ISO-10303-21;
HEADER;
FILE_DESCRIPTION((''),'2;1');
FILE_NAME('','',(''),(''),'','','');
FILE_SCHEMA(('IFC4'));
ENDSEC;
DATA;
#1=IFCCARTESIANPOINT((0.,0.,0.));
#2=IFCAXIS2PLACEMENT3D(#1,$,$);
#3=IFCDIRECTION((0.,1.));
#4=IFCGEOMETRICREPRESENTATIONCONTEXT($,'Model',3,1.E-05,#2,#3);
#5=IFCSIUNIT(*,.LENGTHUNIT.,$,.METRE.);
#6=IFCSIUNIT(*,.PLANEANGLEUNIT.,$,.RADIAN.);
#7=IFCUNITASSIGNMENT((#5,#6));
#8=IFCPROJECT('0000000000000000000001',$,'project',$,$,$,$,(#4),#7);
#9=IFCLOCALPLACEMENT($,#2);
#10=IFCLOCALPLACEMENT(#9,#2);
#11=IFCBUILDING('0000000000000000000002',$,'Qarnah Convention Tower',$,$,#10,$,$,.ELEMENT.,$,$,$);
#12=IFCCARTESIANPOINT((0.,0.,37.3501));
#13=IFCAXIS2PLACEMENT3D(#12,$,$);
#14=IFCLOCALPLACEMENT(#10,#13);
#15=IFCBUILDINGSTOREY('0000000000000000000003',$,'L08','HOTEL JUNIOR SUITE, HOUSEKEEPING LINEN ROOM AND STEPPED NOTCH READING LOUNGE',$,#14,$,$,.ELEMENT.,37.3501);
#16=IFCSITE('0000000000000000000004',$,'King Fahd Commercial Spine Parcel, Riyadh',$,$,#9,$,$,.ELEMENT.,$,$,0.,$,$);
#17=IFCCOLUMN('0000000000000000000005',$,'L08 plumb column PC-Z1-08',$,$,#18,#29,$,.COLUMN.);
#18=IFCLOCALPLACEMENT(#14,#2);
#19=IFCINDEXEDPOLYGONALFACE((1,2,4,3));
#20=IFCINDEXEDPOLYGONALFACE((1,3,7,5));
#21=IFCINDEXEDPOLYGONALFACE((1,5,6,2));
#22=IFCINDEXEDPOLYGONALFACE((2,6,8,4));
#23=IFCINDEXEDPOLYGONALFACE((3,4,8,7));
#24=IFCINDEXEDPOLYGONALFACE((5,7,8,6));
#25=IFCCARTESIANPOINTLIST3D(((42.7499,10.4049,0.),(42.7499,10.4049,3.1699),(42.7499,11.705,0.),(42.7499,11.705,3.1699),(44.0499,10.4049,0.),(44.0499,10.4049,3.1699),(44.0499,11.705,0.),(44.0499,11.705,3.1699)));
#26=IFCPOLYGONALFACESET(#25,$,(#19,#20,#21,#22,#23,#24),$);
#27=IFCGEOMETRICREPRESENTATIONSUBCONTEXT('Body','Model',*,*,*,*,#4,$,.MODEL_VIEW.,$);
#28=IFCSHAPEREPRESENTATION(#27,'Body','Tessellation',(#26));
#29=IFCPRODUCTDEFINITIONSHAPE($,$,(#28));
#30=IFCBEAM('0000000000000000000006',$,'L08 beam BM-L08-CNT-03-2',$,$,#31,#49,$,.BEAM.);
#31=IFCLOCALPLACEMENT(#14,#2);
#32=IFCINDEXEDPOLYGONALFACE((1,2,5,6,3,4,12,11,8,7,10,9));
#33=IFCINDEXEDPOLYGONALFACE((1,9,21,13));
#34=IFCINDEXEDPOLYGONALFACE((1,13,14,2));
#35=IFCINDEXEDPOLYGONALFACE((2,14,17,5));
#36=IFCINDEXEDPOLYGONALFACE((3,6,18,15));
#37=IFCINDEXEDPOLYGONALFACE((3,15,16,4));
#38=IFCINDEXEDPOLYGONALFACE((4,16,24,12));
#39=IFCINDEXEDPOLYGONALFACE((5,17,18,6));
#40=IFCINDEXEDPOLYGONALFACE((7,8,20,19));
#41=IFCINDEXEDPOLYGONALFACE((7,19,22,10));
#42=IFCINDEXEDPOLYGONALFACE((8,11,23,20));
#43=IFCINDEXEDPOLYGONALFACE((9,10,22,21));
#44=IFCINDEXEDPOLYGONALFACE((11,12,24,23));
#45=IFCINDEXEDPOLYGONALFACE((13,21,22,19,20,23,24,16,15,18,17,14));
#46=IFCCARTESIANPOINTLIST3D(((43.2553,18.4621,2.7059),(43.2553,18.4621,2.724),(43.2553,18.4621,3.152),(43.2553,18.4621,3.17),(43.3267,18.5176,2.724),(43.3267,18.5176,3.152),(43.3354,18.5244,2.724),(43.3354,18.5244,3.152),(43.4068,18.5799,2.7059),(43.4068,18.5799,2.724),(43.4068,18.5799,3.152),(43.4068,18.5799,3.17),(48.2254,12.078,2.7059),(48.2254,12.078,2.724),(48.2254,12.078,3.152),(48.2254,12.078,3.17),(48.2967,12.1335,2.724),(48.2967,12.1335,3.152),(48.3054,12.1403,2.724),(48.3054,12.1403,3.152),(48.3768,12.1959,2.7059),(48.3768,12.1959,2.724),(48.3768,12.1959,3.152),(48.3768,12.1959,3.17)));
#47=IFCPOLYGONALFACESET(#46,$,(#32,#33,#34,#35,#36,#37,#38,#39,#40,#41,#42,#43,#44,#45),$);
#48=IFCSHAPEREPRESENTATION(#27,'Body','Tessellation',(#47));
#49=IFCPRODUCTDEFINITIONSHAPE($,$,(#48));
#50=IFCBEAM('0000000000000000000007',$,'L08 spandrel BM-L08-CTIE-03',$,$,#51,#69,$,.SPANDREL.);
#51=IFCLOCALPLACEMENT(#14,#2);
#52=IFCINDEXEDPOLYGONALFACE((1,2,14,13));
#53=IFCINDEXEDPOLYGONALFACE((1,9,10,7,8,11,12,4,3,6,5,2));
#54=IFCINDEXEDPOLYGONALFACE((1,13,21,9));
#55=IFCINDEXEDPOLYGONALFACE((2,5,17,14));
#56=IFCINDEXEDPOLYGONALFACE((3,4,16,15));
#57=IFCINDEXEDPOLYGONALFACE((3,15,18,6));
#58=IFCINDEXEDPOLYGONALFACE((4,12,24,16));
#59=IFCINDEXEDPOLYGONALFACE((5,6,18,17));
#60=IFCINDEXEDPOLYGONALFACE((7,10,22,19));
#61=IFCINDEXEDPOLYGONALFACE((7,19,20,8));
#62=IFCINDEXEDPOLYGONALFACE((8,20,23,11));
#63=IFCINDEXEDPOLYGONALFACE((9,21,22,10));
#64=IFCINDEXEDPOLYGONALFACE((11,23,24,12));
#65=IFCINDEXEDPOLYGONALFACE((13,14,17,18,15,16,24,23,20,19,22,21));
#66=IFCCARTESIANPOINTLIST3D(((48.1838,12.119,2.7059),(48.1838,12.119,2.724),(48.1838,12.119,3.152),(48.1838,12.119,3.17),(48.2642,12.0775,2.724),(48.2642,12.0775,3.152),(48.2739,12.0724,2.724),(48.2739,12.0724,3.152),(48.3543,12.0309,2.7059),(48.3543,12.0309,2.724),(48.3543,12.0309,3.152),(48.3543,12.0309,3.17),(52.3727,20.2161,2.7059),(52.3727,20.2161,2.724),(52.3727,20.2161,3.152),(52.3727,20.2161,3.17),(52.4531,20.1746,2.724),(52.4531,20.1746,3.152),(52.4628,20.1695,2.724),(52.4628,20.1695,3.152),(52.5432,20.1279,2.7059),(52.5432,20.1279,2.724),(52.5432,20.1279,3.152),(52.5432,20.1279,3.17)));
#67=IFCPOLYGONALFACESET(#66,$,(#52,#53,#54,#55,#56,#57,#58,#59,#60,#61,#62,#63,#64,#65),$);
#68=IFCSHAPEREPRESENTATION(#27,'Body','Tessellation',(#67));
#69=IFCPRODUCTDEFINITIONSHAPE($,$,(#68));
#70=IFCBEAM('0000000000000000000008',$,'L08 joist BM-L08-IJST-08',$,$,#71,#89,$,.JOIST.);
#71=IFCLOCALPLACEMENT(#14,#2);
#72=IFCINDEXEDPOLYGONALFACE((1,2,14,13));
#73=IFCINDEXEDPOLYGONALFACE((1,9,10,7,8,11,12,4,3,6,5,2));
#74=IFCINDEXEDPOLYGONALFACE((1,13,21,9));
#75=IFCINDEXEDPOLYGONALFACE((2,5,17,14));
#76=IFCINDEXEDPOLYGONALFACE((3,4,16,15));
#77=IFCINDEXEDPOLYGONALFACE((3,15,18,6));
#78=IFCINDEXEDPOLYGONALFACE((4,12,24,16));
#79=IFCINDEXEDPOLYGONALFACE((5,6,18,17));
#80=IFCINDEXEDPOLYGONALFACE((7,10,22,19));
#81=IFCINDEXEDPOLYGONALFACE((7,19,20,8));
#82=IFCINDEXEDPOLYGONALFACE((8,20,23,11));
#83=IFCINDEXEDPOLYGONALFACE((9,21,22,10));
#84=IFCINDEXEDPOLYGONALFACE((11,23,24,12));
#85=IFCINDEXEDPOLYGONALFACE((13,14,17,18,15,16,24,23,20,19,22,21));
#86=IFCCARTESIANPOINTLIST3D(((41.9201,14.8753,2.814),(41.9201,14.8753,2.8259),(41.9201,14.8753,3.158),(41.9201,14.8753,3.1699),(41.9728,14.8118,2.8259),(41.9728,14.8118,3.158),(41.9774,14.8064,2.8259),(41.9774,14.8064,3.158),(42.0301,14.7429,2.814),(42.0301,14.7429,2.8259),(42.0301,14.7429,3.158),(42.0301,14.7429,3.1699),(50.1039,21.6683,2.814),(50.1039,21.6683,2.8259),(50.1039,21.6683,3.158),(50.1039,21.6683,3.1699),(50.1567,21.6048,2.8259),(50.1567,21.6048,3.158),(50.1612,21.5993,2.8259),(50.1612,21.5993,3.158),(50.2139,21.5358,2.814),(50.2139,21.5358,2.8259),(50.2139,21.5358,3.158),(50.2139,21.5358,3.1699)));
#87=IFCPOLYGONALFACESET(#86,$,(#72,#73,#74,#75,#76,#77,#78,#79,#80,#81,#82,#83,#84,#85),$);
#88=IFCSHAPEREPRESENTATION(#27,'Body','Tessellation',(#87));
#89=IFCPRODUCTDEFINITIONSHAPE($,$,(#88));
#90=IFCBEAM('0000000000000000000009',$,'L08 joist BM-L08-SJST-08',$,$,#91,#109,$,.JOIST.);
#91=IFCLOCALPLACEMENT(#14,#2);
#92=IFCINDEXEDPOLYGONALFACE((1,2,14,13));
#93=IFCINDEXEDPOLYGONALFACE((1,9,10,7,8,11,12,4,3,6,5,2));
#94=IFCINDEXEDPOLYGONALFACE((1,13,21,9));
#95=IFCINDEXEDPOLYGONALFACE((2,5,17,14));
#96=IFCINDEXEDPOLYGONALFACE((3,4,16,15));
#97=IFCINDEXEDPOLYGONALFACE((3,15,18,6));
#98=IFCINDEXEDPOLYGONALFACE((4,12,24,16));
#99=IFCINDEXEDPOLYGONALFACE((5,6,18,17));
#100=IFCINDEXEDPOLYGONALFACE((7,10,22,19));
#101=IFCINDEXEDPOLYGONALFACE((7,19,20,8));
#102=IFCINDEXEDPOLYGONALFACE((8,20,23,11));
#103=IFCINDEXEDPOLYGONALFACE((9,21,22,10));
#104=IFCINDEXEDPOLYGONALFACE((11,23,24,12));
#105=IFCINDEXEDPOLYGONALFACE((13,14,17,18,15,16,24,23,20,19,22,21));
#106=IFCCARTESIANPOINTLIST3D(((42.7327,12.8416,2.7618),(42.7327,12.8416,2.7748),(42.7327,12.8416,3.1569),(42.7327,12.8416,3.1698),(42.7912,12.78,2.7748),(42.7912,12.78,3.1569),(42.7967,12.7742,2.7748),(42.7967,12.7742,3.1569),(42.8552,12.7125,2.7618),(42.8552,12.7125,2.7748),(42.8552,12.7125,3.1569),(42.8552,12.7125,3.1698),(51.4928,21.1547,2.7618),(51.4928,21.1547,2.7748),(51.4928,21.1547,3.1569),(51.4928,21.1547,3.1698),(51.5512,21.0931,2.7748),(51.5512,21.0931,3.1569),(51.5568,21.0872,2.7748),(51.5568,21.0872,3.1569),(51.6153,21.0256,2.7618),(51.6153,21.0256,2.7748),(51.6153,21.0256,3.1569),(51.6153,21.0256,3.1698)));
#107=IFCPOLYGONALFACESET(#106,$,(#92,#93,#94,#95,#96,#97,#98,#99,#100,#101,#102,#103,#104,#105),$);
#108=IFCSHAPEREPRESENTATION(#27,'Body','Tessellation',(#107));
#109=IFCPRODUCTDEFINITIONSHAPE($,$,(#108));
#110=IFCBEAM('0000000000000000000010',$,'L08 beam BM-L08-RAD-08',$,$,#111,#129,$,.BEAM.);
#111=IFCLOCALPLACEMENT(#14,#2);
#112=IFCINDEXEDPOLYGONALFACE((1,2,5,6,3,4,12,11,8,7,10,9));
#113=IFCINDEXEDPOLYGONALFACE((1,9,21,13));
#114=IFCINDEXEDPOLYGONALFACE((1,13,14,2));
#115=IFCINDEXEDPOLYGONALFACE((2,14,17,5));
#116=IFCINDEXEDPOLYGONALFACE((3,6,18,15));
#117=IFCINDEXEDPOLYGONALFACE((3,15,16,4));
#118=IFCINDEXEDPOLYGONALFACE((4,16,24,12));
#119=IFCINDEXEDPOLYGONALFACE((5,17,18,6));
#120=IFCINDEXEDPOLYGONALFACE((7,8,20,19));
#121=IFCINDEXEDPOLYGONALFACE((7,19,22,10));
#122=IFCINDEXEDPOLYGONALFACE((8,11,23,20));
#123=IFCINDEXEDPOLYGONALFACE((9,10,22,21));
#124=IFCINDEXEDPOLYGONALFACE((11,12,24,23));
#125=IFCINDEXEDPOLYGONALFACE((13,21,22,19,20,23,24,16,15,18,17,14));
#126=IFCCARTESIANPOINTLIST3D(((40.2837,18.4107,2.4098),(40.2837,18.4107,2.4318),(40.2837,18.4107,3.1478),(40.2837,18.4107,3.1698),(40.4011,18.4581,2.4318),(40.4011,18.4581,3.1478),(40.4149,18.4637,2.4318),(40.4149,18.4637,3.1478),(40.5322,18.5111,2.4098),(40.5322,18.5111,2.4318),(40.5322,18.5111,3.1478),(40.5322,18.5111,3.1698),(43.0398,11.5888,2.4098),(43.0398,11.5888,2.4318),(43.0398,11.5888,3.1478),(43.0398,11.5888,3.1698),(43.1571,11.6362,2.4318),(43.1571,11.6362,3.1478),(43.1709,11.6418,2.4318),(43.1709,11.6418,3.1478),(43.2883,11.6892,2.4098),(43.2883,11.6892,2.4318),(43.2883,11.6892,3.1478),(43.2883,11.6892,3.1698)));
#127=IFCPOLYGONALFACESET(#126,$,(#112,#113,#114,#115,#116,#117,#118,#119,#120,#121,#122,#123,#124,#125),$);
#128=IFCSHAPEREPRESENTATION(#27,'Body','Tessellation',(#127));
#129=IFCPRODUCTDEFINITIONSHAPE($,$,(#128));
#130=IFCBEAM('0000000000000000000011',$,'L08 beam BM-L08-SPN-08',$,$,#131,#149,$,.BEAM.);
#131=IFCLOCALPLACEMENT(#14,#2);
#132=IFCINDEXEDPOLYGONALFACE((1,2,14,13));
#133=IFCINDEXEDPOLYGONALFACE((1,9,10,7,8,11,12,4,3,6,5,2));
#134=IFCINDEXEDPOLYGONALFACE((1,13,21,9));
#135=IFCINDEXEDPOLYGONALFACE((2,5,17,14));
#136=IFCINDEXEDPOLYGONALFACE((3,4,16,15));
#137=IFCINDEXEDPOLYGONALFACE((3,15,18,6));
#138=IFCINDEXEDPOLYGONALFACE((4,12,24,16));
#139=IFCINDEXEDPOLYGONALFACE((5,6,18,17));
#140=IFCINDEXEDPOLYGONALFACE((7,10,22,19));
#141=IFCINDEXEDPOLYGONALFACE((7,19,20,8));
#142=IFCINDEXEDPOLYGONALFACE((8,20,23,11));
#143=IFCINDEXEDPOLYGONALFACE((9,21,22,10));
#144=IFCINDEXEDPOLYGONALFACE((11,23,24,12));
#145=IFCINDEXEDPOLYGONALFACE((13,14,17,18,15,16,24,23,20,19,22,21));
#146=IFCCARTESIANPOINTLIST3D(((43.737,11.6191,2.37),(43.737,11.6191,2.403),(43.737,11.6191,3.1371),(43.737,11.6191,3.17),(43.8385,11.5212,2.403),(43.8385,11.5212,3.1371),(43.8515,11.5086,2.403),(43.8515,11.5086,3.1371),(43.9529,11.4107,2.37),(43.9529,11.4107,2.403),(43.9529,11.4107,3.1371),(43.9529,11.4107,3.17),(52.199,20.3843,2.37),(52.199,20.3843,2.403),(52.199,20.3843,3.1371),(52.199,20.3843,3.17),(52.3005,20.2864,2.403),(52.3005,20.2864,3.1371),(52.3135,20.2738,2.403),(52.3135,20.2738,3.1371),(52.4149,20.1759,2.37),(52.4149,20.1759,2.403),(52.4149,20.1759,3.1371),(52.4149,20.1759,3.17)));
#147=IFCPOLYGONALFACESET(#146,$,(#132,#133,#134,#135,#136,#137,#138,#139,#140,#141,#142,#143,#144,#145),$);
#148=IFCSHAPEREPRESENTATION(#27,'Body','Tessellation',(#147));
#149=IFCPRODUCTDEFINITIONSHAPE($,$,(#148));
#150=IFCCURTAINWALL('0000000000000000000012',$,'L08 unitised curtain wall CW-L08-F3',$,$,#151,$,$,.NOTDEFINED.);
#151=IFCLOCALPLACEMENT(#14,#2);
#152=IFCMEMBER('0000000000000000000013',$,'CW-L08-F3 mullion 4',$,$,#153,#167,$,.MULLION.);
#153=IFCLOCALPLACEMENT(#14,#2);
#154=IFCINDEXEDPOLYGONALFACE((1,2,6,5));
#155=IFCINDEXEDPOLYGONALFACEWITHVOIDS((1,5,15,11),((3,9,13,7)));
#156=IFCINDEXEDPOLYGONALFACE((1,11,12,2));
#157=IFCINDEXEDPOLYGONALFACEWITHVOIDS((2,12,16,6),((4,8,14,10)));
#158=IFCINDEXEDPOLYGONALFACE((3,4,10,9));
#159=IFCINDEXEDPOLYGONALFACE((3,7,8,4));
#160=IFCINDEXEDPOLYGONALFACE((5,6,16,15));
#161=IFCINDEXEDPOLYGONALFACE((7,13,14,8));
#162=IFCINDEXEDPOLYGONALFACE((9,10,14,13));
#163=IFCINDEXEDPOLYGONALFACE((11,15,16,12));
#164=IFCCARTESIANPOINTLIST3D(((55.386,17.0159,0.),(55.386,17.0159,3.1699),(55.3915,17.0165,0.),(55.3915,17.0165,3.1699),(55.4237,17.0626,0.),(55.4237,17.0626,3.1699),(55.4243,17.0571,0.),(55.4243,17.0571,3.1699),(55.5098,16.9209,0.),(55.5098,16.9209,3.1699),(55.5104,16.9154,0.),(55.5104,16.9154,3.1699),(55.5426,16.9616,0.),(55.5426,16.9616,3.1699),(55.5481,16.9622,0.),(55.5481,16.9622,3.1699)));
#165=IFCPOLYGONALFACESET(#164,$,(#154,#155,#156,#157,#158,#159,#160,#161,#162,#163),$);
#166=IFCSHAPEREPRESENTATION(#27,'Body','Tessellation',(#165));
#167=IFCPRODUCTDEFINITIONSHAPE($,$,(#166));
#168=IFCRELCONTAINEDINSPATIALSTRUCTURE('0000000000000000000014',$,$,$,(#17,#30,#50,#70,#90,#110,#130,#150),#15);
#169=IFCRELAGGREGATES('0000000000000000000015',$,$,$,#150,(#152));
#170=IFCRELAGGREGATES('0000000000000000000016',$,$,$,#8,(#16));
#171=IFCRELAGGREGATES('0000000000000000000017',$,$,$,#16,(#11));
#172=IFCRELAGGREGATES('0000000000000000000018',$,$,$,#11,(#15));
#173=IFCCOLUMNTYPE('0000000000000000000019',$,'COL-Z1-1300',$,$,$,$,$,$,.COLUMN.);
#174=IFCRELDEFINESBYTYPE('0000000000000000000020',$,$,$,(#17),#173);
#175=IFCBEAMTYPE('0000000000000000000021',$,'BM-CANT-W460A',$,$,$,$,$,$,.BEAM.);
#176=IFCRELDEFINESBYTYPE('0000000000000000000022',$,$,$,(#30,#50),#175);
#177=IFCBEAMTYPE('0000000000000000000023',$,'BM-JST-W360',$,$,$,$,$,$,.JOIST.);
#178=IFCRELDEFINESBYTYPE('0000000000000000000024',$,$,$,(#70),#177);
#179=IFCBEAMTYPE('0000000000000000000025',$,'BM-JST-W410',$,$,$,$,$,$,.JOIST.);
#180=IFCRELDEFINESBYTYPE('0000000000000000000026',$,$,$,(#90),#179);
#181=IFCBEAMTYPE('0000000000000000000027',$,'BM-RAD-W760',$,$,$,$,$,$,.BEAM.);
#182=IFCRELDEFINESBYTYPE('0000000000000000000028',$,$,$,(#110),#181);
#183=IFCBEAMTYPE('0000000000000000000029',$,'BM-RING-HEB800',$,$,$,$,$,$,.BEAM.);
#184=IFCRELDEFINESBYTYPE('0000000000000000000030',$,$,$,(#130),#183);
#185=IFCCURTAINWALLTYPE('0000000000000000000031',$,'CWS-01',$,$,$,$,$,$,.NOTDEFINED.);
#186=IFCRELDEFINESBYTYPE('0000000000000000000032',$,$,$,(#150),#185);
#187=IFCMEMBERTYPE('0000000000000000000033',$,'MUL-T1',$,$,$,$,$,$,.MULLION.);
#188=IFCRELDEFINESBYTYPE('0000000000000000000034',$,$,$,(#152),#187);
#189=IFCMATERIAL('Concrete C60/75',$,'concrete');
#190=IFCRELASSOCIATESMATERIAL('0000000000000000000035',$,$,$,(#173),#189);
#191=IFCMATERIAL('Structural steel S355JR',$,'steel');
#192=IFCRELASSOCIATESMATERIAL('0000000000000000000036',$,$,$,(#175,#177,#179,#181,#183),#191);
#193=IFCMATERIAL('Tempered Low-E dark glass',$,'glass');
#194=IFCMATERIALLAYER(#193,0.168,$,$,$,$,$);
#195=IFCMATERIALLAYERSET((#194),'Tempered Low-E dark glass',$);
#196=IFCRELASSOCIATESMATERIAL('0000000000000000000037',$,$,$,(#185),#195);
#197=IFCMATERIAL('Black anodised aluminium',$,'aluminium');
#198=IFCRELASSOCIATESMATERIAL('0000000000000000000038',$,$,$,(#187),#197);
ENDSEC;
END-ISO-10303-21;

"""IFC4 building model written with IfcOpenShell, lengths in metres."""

from ifc_helpers import new_model, si_unit, direction, frame, origin, origin_2d, place, context, subcontext, project, spatial, rectangle, hollow_rectangle, i_section, extrude, material, layer, layer_set, material_profile, profile_set, type_object, element, aggregate, save


model = new_model("IFC4")

# Units and contexts
model_context = context("Model", 3, precision=1e-05, world=origin(), true_north=direction((0.0, 1.0)))
body_context = subcontext(model_context, "Body", "Model", "MODEL_VIEW")
ifc_project = project(units=[si_unit("LENGTHUNIT", "METRE"), si_unit("PLANEANGLEUNIT", "RADIAN")], contexts=[model_context])

# Site, building, storey
site_placement = place(None, origin())
site = spatial("IfcSite", under=ifc_project, at=site_placement, Name="King Fahd Commercial Spine Parcel, Riyadh", CompositionType="ELEMENT", RefElevation=0.0)
building_placement = place(site_placement, origin())
building = spatial("IfcBuilding", under=site, at=building_placement, Name="Qarnah Convention Tower", CompositionType="ELEMENT")
storey_placement = place(building_placement, frame((0.0, 0.0, 37.3501)))
storey = spatial("IfcBuildingStorey", under=building, at=storey_placement, Name="L08", Description="HOTEL JUNIOR SUITE, HOUSEKEEPING LINEN ROOM AND STEPPED NOTCH READING LOUNGE", CompositionType="ELEMENT", Elevation=37.3501)

# Column
ifc_material_1 = material(Name="Concrete C60/75", Category="concrete")
ifc_material_profile_1 = material_profile(ifc_material_1, rectangle(XDim=1.3, YDim=1.3, at=origin_2d()), Name="RC-COL-1300X1300")
ifc_profile_set_1 = profile_set([ifc_material_profile_1], Name="Concrete C60/75")
column_type = type_object("IfcColumnType", Name="COL-Z1-1300", PredefinedType="COLUMN", material=ifc_profile_set_1)
column_placement = place(storey_placement, frame((43.3999, 11.0549, 0.0), z_axis=(0.0, 0.0, 1.0), x_axis=(1.0, 0.0, 0.0)))
element("IfcColumn", 1, at=column_placement, inside=storey, type_object=column_type, Name="L08 plumb column PC-Z1-08", PredefinedType="COLUMN", context=body_context, shape_type="SweptSolid", body=[
    extrude(rectangle(XDim=1.3, YDim=1.3, at=origin_2d()), origin(), (0.0, 0.0, 1.0), 3.1699),
])

# Beams
ifc_material_2 = material(Name="Structural steel S355JR", Category="steel")
ifc_material_profile_2 = material_profile(ifc_material_2, i_section(OverallWidth=0.1919, OverallDepth=0.4641, WebThickness=0.011, FlangeThickness=0.0181, at=origin_2d()), Name="W460X89")
ifc_profile_set_2 = profile_set([ifc_material_profile_2], Name="Structural steel S355JR")
beam_type_1 = type_object("IfcBeamType", Name="BM-CANT-W460A", PredefinedType="BEAM", material=ifc_profile_set_2)
beam_1_placement = place(storey_placement, frame((43.3311, 18.521, 2.938), z_axis=(0.614296, -0.789076, 0.0), x_axis=(0.789076, 0.614296, 0.0)))
element("IfcBeam", 2, at=beam_1_placement, inside=storey, type_object=beam_type_1, Name="L08 beam BM-L08-CNT-03-2", PredefinedType="BEAM", context=body_context, shape_type="SweptSolid", body=[
    extrude(i_section(OverallWidth=0.1919, OverallDepth=0.4641, WebThickness=0.011, FlangeThickness=0.0181, at=origin_2d()), origin(), (0.0, 0.0, 1.0), 8.0906),
])
beam_2_placement = place(storey_placement, frame((48.269, 12.075, 2.938), z_axis=(0.45949, 0.888183, 0.0), x_axis=(-0.888183, 0.45949, 0.0)))
element("IfcBeam", 3, at=beam_2_placement, inside=storey, type_object=beam_type_1, Name="L08 spandrel BM-L08-CTIE-03", PredefinedType="SPANDREL", context=body_context, shape_type="SweptSolid", body=[
    extrude(i_section(OverallWidth=0.1919, OverallDepth=0.4641, WebThickness=0.011, FlangeThickness=0.0181, at=origin_2d()), origin(), (0.0, 0.0, 1.0), 9.1165),
])
ifc_material_profile_3 = material_profile(ifc_material_2, i_section(OverallWidth=0.1721, OverallDepth=0.356, WebThickness=0.0071, FlangeThickness=0.012, at=origin_2d()), Name="W360X51")
ifc_profile_set_3 = profile_set([ifc_material_profile_3], Name="Structural steel S355JR")
beam_type_2 = type_object("IfcBeamType", Name="BM-JST-W360", PredefinedType="JOIST", material=ifc_profile_set_3)
beam_3_placement = place(storey_placement, frame((41.9751, 14.8091, 2.9919), z_axis=(0.769464, 0.638691, 0.0), x_axis=(-0.638691, 0.769464, 0.0)))
element("IfcBeam", 4, at=beam_3_placement, inside=storey, type_object=beam_type_2, Name="L08 joist BM-L08-IJST-08", PredefinedType="JOIST", context=body_context, shape_type="SweptSolid", body=[
    extrude(i_section(OverallWidth=0.1721, OverallDepth=0.356, WebThickness=0.0071, FlangeThickness=0.012, at=origin_2d()), origin(), (0.0, 0.0, 1.0), 10.6357),
])
ifc_material_profile_4 = material_profile(ifc_material_2, i_section(OverallWidth=0.178, OverallDepth=0.408, WebThickness=0.0081, FlangeThickness=0.0129, at=origin_2d()), Name="W410X60")
ifc_profile_set_4 = profile_set([ifc_material_profile_4], Name="Structural steel S355JR")
beam_type_3 = type_object("IfcBeamType", Name="BM-JST-W410", PredefinedType="JOIST", material=ifc_profile_set_4)
beam_4_placement = place(storey_placement, frame((42.7939, 12.7771, 2.9658), z_axis=(0.725372, 0.688357, 0.0), x_axis=(-0.688357, 0.725372, 0.0)))
element("IfcBeam", 5, at=beam_4_placement, inside=storey, type_object=beam_type_3, Name="L08 joist BM-L08-SJST-08", PredefinedType="JOIST", context=body_context, shape_type="SweptSolid", body=[
    extrude(i_section(OverallWidth=0.178, OverallDepth=0.408, WebThickness=0.0081, FlangeThickness=0.0129, at=origin_2d()), origin(), (0.0, 0.0, 1.0), 12.0767),
])
ifc_material_profile_5 = material_profile(ifc_material_2, i_section(OverallWidth=0.2681, OverallDepth=0.76, WebThickness=0.0149, FlangeThickness=0.022, at=origin_2d()), Name="W760X185")
ifc_profile_set_5 = profile_set([ifc_material_profile_5], Name="Structural steel S355JR")
beam_type_4 = type_object("IfcBeamType", Name="BM-RAD-W760", PredefinedType="BEAM", material=ifc_profile_set_5)
beam_5_placement = place(storey_placement, frame((40.408, 18.4609, 2.7898), z_axis=(0.374586, -0.927192, 0.0), x_axis=(0.927192, 0.374586, 0.0)))
element("IfcBeam", 6, at=beam_5_placement, inside=storey, type_object=beam_type_4, Name="L08 beam BM-L08-RAD-08", PredefinedType="BEAM", context=body_context, shape_type="SweptSolid", body=[
    extrude(i_section(OverallWidth=0.2681, OverallDepth=0.76, WebThickness=0.0149, FlangeThickness=0.022, at=origin_2d()), origin(), (0.0, 0.0, 1.0), 7.3577),
])
ifc_material_profile_6 = material_profile(ifc_material_2, i_section(OverallWidth=0.3, OverallDepth=0.8, WebThickness=0.0181, FlangeThickness=0.033, at=origin_2d()), Name="HEB800")
ifc_profile_set_6 = profile_set([ifc_material_profile_6], Name="Structural steel S355JR")
beam_type_5 = type_object("IfcBeamType", Name="BM-RING-HEB800", PredefinedType="BEAM", material=ifc_profile_set_6)
beam_6_placement = place(storey_placement, frame((43.845, 11.5149, 2.77), z_axis=(0.694553, 0.719442, 0.0), x_axis=(-0.719442, 0.694553, 0.0)))
element("IfcBeam", 7, at=beam_6_placement, inside=storey, type_object=beam_type_5, Name="L08 beam BM-L08-SPN-08", PredefinedType="BEAM", context=body_context, shape_type="SweptSolid", body=[
    extrude(i_section(OverallWidth=0.3, OverallDepth=0.8, WebThickness=0.0181, FlangeThickness=0.033, at=origin_2d()), origin(), (0.0, 0.0, 1.0), 12.1833),
])

# Curtain wall, member
ifc_material_3 = material(Name="Tempered Low-E dark glass", Category="glass")
ifc_layer_1 = layer(ifc_material_3, 0.168)
ifc_layer_set_1 = layer_set([ifc_layer_1], Name="Tempered Low-E dark glass")
curtain_wall_type = type_object("IfcCurtainWallType", Name="CWS-01", PredefinedType="NOTDEFINED", material=ifc_layer_set_1)
curtain_wall_1_placement = place(storey_placement, origin())
curtain_wall_1 = element("IfcCurtainWall", 8, at=curtain_wall_1_placement, inside=storey, type_object=curtain_wall_type, Name="L08 unitised curtain wall CW-L08-F3", PredefinedType="NOTDEFINED")
ifc_material_4 = material(Name="Black anodised aluminium", Category="aluminium")
ifc_material_profile_7 = material_profile(ifc_material_4, hollow_rectangle(XDim=0.0601, YDim=0.1599, WallThickness=0.0039, at=origin_2d()), Name="MUL-60X160")
ifc_profile_set_7 = profile_set([ifc_material_profile_7], Name="Black anodised aluminium")
member_type_1 = type_object("IfcMemberType", Name="MUL-T1", PredefinedType="MULLION", material=ifc_profile_set_7)
member_1_placement = place(storey_placement, frame((55.467, 16.989, 0.0), z_axis=(0.0, 0.0, 1.0), x_axis=(-0.628143, -0.778098, 0.0)))
member_1 = element("IfcMember", 9, at=member_1_placement, type_object=member_type_1, Name="CW-L08-F3 mullion 4", PredefinedType="MULLION", context=body_context, shape_type="SweptSolid", body=[
    extrude(hollow_rectangle(XDim=0.0601, YDim=0.1599, WallThickness=0.0039, at=origin_2d()), origin(), (0.0, 0.0, 1.0), 3.1699),
])

aggregate(curtain_wall_1, [member_1])

save(model, "model.ifc")
